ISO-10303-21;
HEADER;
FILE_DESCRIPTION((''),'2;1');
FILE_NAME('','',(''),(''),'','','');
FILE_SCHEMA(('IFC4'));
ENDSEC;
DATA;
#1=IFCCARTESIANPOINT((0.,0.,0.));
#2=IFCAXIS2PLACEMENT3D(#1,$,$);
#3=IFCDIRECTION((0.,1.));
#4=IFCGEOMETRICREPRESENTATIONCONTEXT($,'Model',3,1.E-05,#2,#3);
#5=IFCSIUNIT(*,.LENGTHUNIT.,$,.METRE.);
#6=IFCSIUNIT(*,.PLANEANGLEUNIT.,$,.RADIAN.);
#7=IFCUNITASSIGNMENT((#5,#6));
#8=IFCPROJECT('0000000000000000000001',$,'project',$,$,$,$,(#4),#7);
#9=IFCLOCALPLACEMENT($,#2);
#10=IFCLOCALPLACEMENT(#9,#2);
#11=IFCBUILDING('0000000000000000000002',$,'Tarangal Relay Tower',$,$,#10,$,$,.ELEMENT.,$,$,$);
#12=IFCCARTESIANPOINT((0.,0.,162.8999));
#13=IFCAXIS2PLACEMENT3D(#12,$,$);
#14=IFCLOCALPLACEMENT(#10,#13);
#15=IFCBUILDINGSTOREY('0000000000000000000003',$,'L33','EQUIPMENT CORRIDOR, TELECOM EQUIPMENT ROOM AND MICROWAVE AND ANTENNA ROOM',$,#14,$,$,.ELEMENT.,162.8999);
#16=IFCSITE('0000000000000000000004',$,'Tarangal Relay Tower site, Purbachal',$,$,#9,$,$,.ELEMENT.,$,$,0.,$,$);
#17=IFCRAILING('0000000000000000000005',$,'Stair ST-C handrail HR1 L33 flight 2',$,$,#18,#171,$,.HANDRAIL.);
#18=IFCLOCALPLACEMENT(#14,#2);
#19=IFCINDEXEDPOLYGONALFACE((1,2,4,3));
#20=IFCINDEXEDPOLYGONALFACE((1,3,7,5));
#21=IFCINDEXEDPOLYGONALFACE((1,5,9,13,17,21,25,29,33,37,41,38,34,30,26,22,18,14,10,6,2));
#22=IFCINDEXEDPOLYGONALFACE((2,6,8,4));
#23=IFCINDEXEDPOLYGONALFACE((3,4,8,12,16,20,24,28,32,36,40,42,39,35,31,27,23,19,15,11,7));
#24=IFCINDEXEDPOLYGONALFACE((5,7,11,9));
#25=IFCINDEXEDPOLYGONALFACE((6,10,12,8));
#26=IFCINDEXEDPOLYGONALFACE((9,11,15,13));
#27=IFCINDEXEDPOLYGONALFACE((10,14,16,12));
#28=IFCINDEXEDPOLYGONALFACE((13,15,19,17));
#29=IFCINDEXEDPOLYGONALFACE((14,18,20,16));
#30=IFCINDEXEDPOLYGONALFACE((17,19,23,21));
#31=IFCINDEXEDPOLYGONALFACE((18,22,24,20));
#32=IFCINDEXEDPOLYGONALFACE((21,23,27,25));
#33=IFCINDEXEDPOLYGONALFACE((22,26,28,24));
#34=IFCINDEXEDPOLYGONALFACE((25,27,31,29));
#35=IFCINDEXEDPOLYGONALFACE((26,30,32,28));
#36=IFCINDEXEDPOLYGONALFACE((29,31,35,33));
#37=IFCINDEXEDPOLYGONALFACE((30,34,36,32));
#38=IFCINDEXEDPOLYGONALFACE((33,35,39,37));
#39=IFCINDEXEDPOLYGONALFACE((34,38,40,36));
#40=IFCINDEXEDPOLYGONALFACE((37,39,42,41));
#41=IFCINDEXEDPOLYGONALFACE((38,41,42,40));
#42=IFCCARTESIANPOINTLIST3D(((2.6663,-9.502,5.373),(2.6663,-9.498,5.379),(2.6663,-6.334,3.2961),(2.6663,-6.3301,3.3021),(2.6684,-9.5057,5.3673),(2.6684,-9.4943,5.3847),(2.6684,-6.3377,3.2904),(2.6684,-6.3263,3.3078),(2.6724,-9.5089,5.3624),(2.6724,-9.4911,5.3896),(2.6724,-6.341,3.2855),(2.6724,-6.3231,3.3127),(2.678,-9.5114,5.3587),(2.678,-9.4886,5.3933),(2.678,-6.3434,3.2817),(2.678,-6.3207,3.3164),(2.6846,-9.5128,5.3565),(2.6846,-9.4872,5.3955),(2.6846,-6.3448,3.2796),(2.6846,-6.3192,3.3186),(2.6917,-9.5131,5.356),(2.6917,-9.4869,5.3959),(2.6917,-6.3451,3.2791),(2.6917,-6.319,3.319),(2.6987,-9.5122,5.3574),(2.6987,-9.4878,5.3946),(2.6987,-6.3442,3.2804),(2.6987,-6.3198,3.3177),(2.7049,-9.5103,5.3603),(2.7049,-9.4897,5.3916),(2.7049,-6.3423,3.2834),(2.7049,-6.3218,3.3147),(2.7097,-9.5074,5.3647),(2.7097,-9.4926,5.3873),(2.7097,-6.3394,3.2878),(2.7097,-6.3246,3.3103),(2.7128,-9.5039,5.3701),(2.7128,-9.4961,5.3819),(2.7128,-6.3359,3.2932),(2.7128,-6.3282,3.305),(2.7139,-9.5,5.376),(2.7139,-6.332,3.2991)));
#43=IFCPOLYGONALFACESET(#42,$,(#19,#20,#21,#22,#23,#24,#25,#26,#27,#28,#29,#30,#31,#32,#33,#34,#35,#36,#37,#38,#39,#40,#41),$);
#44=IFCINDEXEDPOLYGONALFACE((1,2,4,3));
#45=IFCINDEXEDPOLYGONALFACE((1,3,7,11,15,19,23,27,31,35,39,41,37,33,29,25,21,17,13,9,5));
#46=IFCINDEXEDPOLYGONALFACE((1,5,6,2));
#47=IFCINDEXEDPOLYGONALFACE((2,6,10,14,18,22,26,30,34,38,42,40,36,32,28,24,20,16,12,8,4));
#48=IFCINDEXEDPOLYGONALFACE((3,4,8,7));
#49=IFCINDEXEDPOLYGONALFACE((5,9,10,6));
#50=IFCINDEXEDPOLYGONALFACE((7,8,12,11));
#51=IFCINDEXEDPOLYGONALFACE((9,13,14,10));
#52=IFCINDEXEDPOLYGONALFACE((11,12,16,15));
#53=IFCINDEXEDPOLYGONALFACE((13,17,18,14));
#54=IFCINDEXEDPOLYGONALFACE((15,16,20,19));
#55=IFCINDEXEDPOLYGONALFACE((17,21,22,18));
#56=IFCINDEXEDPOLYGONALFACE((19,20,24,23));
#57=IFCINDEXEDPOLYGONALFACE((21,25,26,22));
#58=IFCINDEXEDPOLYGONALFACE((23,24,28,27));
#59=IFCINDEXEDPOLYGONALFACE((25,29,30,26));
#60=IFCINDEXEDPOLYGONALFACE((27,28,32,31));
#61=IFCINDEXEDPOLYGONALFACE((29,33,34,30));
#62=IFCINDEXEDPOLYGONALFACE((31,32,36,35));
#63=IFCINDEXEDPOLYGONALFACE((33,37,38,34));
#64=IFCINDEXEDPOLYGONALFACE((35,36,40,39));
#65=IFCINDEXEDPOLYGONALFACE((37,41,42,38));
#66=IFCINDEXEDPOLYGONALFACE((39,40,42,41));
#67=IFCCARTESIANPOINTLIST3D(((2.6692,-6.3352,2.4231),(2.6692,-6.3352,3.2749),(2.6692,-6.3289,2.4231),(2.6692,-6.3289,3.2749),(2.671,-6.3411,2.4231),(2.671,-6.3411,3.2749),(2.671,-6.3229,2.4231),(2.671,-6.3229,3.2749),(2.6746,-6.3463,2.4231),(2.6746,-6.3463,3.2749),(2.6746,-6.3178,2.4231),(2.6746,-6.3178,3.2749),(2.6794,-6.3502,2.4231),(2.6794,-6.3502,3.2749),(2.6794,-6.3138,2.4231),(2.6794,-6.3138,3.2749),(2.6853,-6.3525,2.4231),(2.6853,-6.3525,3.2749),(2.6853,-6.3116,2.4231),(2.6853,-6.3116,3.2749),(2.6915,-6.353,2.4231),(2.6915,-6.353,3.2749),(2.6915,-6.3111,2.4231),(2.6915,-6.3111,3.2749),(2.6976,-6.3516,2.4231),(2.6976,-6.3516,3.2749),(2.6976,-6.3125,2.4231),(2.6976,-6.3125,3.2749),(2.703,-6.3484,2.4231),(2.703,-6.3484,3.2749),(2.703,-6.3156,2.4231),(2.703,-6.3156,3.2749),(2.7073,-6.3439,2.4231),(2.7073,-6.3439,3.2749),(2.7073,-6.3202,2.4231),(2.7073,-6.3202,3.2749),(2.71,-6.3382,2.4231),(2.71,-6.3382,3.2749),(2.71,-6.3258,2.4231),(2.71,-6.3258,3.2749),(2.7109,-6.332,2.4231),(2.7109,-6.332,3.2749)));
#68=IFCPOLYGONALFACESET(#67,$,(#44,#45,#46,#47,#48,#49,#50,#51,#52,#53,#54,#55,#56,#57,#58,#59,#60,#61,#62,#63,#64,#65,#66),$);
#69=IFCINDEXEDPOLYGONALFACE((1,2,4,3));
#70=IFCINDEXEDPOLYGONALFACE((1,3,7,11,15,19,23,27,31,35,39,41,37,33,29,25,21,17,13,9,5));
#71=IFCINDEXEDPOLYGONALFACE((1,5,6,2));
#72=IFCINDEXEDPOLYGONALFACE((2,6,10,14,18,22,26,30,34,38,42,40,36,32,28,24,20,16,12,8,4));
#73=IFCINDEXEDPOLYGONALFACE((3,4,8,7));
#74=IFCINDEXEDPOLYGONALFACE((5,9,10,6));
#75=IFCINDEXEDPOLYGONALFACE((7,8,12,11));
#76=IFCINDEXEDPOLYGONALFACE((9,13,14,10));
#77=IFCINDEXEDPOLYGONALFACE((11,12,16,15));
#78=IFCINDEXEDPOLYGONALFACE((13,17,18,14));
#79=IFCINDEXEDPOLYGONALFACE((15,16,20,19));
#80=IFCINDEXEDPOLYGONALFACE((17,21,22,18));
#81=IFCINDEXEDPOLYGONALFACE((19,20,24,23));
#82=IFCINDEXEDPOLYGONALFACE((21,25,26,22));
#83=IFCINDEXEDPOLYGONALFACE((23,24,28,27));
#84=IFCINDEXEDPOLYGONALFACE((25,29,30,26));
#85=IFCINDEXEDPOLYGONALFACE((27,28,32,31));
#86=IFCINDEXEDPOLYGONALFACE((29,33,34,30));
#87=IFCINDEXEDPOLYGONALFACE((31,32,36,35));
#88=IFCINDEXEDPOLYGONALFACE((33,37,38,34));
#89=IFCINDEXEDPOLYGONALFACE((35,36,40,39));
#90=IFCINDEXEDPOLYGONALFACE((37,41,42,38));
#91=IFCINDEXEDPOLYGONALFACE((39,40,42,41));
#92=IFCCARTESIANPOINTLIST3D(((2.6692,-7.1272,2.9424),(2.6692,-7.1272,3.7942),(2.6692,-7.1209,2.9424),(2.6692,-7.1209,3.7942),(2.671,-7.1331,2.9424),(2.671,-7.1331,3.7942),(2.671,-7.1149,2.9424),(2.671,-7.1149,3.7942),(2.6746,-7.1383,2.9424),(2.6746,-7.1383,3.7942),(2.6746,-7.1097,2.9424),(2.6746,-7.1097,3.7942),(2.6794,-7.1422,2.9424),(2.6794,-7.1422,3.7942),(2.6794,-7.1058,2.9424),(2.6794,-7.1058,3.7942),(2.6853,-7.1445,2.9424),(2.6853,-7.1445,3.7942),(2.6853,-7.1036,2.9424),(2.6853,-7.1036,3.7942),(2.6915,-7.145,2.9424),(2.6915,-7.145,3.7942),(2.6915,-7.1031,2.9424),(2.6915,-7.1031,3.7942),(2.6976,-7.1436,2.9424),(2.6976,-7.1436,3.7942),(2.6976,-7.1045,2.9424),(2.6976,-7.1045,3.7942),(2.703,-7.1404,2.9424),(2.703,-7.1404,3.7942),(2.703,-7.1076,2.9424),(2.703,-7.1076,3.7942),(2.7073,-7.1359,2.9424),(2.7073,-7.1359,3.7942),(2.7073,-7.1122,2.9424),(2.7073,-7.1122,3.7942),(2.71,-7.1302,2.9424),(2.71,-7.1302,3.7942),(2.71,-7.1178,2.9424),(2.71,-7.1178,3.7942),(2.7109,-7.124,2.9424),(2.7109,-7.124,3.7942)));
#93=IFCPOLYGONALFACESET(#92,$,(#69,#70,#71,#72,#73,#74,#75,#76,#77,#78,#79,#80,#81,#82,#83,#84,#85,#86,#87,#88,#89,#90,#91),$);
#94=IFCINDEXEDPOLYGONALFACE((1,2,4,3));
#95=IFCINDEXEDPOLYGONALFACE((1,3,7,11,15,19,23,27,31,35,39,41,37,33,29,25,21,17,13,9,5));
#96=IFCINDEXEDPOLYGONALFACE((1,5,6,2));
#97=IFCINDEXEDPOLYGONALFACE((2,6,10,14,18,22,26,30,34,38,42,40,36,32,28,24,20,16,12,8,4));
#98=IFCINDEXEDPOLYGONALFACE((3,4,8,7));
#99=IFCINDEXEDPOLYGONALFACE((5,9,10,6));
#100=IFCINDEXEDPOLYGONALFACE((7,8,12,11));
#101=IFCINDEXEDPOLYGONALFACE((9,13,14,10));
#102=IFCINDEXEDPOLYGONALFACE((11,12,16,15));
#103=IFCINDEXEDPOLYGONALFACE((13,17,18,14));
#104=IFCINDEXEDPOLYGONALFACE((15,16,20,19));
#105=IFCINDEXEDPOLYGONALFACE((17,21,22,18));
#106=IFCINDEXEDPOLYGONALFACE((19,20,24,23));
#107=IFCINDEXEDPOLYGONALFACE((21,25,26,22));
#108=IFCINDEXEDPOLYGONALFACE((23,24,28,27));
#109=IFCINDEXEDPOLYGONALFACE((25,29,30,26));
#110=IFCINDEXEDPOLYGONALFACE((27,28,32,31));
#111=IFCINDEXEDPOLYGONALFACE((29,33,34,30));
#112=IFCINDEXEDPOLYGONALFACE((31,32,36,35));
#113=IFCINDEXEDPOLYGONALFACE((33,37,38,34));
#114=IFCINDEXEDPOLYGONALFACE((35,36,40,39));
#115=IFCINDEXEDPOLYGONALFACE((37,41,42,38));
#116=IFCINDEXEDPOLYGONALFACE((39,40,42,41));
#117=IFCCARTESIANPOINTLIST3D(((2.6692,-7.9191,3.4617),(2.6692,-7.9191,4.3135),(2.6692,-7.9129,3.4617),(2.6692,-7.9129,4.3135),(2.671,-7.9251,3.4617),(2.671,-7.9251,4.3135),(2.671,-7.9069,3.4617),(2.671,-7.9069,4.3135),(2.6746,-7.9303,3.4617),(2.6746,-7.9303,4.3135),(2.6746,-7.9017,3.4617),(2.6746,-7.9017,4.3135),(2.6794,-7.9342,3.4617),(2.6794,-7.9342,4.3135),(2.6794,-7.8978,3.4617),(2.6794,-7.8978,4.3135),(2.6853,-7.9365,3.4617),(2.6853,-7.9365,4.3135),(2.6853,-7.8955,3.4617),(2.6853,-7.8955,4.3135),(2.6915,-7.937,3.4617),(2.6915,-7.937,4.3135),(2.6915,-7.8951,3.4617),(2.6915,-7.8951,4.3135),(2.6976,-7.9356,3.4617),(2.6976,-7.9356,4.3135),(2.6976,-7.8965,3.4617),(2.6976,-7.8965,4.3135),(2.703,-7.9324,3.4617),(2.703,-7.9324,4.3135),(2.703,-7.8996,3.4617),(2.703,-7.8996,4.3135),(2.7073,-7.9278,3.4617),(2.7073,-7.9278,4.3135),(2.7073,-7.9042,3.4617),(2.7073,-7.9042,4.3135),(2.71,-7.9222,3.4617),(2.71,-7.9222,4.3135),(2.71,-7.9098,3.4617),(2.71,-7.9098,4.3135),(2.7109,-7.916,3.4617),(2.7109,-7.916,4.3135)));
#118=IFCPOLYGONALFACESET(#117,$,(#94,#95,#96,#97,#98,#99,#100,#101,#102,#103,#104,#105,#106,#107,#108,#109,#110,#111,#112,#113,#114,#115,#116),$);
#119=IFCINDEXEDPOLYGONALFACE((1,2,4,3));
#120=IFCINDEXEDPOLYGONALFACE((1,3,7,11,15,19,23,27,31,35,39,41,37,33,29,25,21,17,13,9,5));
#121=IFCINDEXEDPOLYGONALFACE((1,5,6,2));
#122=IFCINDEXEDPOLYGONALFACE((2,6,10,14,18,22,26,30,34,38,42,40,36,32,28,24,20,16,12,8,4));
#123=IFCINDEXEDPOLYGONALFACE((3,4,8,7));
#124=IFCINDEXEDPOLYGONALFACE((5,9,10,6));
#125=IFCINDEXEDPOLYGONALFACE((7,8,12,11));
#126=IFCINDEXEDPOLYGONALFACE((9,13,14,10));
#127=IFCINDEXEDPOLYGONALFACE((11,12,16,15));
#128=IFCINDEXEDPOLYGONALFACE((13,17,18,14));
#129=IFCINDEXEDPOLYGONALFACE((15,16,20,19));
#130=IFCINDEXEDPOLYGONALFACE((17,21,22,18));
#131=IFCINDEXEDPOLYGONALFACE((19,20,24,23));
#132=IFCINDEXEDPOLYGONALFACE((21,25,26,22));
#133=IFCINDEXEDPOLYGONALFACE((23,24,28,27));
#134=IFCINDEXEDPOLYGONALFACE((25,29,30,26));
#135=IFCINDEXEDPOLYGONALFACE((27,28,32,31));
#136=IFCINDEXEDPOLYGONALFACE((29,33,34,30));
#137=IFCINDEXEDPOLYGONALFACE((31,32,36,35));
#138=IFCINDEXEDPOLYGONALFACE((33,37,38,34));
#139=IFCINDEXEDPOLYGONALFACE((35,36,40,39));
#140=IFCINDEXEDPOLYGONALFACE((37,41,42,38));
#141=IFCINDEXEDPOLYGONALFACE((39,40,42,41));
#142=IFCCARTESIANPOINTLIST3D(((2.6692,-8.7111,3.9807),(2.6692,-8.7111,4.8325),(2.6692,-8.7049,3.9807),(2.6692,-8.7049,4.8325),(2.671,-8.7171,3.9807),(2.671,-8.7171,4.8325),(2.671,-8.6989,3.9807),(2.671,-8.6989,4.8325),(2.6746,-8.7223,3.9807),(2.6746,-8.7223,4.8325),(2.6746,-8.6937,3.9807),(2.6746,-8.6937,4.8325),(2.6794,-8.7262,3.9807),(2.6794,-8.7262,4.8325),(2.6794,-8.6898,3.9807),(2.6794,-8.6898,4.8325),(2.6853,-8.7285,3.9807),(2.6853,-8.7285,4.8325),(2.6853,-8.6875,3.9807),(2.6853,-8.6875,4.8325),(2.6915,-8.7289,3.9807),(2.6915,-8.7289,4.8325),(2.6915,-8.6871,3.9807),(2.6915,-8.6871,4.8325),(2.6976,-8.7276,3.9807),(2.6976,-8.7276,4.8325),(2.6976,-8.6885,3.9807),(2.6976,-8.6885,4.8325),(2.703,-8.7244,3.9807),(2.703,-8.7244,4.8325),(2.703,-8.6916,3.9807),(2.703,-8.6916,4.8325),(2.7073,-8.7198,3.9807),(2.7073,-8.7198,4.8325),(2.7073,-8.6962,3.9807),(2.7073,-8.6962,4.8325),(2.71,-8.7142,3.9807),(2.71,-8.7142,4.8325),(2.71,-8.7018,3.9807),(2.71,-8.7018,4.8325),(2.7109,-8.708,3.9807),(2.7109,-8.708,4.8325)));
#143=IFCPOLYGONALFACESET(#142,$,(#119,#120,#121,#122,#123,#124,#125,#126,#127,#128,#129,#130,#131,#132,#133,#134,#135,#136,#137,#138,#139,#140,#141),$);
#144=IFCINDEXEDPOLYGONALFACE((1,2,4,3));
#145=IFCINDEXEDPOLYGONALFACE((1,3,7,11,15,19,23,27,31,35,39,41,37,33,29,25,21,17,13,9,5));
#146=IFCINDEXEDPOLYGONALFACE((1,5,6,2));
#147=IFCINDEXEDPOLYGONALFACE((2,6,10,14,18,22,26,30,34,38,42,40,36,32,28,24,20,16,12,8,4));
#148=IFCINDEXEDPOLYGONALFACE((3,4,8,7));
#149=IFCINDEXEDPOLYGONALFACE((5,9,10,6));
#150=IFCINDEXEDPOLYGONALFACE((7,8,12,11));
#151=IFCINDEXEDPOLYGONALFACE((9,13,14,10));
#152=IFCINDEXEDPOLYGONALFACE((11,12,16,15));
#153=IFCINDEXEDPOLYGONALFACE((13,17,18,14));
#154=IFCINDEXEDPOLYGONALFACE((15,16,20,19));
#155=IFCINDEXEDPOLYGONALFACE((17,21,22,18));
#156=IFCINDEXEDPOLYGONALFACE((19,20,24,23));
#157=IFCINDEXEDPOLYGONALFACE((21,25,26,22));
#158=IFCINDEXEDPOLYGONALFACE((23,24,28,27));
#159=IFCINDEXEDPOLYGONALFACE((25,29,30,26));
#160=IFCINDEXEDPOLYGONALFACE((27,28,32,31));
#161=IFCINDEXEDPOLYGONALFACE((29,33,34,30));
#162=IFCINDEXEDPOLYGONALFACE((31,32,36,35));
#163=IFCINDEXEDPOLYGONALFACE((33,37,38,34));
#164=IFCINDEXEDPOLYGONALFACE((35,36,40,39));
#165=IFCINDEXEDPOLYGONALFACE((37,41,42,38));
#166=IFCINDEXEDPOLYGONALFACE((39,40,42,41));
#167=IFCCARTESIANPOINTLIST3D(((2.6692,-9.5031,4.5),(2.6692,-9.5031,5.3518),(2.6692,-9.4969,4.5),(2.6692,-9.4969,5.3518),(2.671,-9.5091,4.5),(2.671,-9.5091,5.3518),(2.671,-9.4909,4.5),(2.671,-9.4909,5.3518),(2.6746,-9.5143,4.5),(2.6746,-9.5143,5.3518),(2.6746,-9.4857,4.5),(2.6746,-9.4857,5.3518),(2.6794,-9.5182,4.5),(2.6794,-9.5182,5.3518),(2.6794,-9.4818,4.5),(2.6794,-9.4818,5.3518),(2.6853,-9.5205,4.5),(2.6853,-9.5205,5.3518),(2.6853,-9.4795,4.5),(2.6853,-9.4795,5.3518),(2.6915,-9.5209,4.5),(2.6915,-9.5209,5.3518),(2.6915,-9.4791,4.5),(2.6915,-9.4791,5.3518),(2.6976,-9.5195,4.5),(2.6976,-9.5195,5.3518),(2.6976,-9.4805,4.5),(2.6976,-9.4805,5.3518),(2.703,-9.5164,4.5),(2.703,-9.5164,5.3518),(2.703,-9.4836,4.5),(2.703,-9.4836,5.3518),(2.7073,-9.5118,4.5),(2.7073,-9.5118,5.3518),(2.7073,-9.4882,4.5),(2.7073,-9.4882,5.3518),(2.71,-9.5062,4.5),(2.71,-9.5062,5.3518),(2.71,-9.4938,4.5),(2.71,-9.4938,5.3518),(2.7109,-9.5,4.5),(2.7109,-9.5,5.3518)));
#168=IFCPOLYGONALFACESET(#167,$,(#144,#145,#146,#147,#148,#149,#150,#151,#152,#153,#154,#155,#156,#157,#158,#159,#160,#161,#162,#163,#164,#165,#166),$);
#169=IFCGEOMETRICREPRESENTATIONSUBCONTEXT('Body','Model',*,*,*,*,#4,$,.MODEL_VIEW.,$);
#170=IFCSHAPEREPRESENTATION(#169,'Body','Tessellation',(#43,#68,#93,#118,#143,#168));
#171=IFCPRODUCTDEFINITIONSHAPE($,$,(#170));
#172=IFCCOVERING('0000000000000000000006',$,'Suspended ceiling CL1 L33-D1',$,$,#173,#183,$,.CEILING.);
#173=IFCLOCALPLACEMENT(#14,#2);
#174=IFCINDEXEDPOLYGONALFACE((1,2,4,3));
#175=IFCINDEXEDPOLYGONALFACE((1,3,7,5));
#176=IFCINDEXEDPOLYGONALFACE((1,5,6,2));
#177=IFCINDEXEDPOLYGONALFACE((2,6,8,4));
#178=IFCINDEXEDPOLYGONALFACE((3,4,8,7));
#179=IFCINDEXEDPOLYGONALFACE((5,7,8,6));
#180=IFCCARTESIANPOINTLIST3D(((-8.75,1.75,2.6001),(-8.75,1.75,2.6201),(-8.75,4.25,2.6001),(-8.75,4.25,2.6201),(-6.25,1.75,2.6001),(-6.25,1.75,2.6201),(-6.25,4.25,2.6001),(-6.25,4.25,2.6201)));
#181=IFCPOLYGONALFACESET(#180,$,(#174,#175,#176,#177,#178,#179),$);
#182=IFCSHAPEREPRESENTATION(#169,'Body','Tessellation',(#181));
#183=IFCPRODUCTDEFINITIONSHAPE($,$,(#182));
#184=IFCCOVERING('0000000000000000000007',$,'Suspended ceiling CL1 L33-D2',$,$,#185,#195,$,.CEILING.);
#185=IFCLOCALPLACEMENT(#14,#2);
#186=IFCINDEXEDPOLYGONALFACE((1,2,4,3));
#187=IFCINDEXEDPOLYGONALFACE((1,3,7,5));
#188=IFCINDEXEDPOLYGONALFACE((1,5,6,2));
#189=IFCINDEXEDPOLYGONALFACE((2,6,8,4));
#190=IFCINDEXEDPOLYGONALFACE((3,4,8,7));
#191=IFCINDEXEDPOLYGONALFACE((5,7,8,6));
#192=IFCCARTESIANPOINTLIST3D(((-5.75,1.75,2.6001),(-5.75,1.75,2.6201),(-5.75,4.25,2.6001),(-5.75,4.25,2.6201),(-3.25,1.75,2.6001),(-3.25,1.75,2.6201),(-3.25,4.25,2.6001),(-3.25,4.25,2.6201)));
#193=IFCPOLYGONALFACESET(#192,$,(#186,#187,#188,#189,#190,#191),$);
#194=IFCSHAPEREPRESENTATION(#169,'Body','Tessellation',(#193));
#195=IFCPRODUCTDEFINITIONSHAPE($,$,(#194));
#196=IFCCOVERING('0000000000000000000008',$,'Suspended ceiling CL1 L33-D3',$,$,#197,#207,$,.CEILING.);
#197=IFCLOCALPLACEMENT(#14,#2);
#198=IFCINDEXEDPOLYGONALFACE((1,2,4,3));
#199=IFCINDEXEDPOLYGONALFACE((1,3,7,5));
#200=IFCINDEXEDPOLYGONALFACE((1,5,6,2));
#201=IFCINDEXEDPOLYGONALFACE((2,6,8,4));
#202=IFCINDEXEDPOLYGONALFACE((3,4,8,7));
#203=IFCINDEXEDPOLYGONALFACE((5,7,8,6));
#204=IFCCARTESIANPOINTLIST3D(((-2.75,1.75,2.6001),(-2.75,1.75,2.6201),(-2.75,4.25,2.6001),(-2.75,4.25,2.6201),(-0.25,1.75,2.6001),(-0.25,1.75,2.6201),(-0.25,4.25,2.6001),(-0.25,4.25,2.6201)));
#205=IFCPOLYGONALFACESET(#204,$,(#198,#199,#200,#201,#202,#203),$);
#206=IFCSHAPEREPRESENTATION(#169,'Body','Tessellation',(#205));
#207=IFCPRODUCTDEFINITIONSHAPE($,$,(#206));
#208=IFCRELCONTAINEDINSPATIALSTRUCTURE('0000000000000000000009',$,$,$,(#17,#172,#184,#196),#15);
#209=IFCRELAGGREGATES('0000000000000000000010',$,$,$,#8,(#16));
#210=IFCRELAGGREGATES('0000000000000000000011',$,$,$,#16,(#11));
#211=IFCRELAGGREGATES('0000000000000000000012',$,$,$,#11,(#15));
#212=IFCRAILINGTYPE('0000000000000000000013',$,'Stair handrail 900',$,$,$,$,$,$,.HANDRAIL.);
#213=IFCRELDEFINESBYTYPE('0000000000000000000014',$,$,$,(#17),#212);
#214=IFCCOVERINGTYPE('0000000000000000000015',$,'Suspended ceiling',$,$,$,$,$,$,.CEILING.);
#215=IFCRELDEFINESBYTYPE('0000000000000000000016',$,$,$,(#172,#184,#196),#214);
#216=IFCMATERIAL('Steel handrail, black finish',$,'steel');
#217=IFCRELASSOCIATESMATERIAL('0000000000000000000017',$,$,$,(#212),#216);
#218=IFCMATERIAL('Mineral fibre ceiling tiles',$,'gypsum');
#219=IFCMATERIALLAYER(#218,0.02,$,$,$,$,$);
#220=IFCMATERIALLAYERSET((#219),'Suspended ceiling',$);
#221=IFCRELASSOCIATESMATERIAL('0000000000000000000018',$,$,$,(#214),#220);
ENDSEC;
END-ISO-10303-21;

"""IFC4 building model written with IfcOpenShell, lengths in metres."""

from ifc_helpers import new_model, si_unit, direction, frame, origin, origin_2d, place, context, subcontext, project, spatial, polyline, circle, outline, extrude, material, layer, layer_set, type_object, element, save


model = new_model("IFC4")

# Units and contexts
model_context = context("Model", 3, precision=1e-05, world=origin(), true_north=direction((0.0, 1.0)))
body_context = subcontext(model_context, "Body", "Model", "MODEL_VIEW")
ifc_project = project(units=[si_unit("LENGTHUNIT", "METRE"), si_unit("PLANEANGLEUNIT", "RADIAN")], contexts=[model_context])

# Site, building, storey
site_placement = place(None, origin())
site = spatial("IfcSite", under=ifc_project, at=site_placement, Name="Tarangal Relay Tower site, Purbachal", CompositionType="ELEMENT", RefElevation=0.0)
building_placement = place(site_placement, origin())
building = spatial("IfcBuilding", under=site, at=building_placement, Name="Tarangal Relay Tower", CompositionType="ELEMENT")
storey_placement = place(building_placement, frame((0.0, 0.0, 162.8999)))
storey = spatial("IfcBuildingStorey", under=building, at=storey_placement, Name="L33", Description="EQUIPMENT CORRIDOR, TELECOM EQUIPMENT ROOM AND MICROWAVE AND ANTENNA ROOM", CompositionType="ELEMENT", Elevation=162.8999)

# Railing
ifc_material_1 = material(Name="Steel handrail, black finish", Category="steel")
railing_type_1 = type_object("IfcRailingType", Name="Stair handrail 900", PredefinedType="HANDRAIL", material=ifc_material_1)
railing_1_placement = place(storey_placement, frame((2.6899, -6.332, 2.4231)))
element("IfcRailing", 1, at=railing_1_placement, inside=storey, type_object=railing_type_1, Name="Stair ST-C handrail HR1 L33 flight 2", PredefinedType="HANDRAIL", context=body_context, shape_type="SweptSolid", body=[
    extrude(circle(Radius=0.0239, at=origin_2d()), frame((0.0, 0.0, 0.876), z_axis=(0.0, -0.836299, 0.548273), x_axis=(1.0, 0.0, 0.0)), (0.0, 0.0, 1.0), 3.7881),
    extrude(circle(Radius=0.021, at=origin_2d()), origin(), (0.0, 0.0, 1.0), 0.8518),
    extrude(circle(Radius=0.021, at=origin_2d()), frame((0.0, -0.792, 0.5193)), (0.0, 0.0, 1.0), 0.8518),
    extrude(circle(Radius=0.021, at=origin_2d()), frame((0.0, -1.584, 1.0386)), (0.0, 0.0, 1.0), 0.8518),
    extrude(circle(Radius=0.021, at=origin_2d()), frame((0.0, -2.376, 1.5576)), (0.0, 0.0, 1.0), 0.8518),
    extrude(circle(Radius=0.021, at=origin_2d()), frame((0.0, -3.168, 2.0769)), (0.0, 0.0, 1.0), 0.8518),
])

# Coverings
ifc_material_2 = material(Name="Mineral fibre ceiling tiles", Category="gypsum")
ifc_layer_1 = layer(ifc_material_2, 0.02)
ifc_layer_set_1 = layer_set([ifc_layer_1], Name="Suspended ceiling")
covering_type_1 = type_object("IfcCoveringType", Name="Suspended ceiling", PredefinedType="CEILING", material=ifc_layer_set_1)
covering_1_placement = place(storey_placement, frame((0.0, 0.0, 2.6001)))
element("IfcCovering", 2, at=covering_1_placement, inside=storey, type_object=covering_type_1, Name="Suspended ceiling CL1 L33-D1", PredefinedType="CEILING", context=body_context, shape_type="SweptSolid", body=[
    extrude(outline(polyline([(-8.75, 1.75), (-6.25, 1.75), (-6.25, 4.25), (-8.75, 4.25), (-8.75, 1.75)])), origin(), (0.0, 0.0, 1.0), 0.02),
])
covering_2_placement = place(storey_placement, frame((0.0, 0.0, 2.6001)))
element("IfcCovering", 3, at=covering_2_placement, inside=storey, type_object=covering_type_1, Name="Suspended ceiling CL1 L33-D2", PredefinedType="CEILING", context=body_context, shape_type="SweptSolid", body=[
    extrude(outline(polyline([(-5.75, 1.75), (-3.25, 1.75), (-3.25, 4.25), (-5.75, 4.25), (-5.75, 1.75)])), origin(), (0.0, 0.0, 1.0), 0.02),
])
covering_3_placement = place(storey_placement, frame((0.0, 0.0, 2.6001)))
element("IfcCovering", 4, at=covering_3_placement, inside=storey, type_object=covering_type_1, Name="Suspended ceiling CL1 L33-D3", PredefinedType="CEILING", context=body_context, shape_type="SweptSolid", body=[
    extrude(outline(polyline([(-2.75, 1.75), (-0.25, 1.75), (-0.25, 4.25), (-2.75, 4.25), (-2.75, 1.75)])), origin(), (0.0, 0.0, 1.0), 0.02),
])

save(model, "model.ifc")
